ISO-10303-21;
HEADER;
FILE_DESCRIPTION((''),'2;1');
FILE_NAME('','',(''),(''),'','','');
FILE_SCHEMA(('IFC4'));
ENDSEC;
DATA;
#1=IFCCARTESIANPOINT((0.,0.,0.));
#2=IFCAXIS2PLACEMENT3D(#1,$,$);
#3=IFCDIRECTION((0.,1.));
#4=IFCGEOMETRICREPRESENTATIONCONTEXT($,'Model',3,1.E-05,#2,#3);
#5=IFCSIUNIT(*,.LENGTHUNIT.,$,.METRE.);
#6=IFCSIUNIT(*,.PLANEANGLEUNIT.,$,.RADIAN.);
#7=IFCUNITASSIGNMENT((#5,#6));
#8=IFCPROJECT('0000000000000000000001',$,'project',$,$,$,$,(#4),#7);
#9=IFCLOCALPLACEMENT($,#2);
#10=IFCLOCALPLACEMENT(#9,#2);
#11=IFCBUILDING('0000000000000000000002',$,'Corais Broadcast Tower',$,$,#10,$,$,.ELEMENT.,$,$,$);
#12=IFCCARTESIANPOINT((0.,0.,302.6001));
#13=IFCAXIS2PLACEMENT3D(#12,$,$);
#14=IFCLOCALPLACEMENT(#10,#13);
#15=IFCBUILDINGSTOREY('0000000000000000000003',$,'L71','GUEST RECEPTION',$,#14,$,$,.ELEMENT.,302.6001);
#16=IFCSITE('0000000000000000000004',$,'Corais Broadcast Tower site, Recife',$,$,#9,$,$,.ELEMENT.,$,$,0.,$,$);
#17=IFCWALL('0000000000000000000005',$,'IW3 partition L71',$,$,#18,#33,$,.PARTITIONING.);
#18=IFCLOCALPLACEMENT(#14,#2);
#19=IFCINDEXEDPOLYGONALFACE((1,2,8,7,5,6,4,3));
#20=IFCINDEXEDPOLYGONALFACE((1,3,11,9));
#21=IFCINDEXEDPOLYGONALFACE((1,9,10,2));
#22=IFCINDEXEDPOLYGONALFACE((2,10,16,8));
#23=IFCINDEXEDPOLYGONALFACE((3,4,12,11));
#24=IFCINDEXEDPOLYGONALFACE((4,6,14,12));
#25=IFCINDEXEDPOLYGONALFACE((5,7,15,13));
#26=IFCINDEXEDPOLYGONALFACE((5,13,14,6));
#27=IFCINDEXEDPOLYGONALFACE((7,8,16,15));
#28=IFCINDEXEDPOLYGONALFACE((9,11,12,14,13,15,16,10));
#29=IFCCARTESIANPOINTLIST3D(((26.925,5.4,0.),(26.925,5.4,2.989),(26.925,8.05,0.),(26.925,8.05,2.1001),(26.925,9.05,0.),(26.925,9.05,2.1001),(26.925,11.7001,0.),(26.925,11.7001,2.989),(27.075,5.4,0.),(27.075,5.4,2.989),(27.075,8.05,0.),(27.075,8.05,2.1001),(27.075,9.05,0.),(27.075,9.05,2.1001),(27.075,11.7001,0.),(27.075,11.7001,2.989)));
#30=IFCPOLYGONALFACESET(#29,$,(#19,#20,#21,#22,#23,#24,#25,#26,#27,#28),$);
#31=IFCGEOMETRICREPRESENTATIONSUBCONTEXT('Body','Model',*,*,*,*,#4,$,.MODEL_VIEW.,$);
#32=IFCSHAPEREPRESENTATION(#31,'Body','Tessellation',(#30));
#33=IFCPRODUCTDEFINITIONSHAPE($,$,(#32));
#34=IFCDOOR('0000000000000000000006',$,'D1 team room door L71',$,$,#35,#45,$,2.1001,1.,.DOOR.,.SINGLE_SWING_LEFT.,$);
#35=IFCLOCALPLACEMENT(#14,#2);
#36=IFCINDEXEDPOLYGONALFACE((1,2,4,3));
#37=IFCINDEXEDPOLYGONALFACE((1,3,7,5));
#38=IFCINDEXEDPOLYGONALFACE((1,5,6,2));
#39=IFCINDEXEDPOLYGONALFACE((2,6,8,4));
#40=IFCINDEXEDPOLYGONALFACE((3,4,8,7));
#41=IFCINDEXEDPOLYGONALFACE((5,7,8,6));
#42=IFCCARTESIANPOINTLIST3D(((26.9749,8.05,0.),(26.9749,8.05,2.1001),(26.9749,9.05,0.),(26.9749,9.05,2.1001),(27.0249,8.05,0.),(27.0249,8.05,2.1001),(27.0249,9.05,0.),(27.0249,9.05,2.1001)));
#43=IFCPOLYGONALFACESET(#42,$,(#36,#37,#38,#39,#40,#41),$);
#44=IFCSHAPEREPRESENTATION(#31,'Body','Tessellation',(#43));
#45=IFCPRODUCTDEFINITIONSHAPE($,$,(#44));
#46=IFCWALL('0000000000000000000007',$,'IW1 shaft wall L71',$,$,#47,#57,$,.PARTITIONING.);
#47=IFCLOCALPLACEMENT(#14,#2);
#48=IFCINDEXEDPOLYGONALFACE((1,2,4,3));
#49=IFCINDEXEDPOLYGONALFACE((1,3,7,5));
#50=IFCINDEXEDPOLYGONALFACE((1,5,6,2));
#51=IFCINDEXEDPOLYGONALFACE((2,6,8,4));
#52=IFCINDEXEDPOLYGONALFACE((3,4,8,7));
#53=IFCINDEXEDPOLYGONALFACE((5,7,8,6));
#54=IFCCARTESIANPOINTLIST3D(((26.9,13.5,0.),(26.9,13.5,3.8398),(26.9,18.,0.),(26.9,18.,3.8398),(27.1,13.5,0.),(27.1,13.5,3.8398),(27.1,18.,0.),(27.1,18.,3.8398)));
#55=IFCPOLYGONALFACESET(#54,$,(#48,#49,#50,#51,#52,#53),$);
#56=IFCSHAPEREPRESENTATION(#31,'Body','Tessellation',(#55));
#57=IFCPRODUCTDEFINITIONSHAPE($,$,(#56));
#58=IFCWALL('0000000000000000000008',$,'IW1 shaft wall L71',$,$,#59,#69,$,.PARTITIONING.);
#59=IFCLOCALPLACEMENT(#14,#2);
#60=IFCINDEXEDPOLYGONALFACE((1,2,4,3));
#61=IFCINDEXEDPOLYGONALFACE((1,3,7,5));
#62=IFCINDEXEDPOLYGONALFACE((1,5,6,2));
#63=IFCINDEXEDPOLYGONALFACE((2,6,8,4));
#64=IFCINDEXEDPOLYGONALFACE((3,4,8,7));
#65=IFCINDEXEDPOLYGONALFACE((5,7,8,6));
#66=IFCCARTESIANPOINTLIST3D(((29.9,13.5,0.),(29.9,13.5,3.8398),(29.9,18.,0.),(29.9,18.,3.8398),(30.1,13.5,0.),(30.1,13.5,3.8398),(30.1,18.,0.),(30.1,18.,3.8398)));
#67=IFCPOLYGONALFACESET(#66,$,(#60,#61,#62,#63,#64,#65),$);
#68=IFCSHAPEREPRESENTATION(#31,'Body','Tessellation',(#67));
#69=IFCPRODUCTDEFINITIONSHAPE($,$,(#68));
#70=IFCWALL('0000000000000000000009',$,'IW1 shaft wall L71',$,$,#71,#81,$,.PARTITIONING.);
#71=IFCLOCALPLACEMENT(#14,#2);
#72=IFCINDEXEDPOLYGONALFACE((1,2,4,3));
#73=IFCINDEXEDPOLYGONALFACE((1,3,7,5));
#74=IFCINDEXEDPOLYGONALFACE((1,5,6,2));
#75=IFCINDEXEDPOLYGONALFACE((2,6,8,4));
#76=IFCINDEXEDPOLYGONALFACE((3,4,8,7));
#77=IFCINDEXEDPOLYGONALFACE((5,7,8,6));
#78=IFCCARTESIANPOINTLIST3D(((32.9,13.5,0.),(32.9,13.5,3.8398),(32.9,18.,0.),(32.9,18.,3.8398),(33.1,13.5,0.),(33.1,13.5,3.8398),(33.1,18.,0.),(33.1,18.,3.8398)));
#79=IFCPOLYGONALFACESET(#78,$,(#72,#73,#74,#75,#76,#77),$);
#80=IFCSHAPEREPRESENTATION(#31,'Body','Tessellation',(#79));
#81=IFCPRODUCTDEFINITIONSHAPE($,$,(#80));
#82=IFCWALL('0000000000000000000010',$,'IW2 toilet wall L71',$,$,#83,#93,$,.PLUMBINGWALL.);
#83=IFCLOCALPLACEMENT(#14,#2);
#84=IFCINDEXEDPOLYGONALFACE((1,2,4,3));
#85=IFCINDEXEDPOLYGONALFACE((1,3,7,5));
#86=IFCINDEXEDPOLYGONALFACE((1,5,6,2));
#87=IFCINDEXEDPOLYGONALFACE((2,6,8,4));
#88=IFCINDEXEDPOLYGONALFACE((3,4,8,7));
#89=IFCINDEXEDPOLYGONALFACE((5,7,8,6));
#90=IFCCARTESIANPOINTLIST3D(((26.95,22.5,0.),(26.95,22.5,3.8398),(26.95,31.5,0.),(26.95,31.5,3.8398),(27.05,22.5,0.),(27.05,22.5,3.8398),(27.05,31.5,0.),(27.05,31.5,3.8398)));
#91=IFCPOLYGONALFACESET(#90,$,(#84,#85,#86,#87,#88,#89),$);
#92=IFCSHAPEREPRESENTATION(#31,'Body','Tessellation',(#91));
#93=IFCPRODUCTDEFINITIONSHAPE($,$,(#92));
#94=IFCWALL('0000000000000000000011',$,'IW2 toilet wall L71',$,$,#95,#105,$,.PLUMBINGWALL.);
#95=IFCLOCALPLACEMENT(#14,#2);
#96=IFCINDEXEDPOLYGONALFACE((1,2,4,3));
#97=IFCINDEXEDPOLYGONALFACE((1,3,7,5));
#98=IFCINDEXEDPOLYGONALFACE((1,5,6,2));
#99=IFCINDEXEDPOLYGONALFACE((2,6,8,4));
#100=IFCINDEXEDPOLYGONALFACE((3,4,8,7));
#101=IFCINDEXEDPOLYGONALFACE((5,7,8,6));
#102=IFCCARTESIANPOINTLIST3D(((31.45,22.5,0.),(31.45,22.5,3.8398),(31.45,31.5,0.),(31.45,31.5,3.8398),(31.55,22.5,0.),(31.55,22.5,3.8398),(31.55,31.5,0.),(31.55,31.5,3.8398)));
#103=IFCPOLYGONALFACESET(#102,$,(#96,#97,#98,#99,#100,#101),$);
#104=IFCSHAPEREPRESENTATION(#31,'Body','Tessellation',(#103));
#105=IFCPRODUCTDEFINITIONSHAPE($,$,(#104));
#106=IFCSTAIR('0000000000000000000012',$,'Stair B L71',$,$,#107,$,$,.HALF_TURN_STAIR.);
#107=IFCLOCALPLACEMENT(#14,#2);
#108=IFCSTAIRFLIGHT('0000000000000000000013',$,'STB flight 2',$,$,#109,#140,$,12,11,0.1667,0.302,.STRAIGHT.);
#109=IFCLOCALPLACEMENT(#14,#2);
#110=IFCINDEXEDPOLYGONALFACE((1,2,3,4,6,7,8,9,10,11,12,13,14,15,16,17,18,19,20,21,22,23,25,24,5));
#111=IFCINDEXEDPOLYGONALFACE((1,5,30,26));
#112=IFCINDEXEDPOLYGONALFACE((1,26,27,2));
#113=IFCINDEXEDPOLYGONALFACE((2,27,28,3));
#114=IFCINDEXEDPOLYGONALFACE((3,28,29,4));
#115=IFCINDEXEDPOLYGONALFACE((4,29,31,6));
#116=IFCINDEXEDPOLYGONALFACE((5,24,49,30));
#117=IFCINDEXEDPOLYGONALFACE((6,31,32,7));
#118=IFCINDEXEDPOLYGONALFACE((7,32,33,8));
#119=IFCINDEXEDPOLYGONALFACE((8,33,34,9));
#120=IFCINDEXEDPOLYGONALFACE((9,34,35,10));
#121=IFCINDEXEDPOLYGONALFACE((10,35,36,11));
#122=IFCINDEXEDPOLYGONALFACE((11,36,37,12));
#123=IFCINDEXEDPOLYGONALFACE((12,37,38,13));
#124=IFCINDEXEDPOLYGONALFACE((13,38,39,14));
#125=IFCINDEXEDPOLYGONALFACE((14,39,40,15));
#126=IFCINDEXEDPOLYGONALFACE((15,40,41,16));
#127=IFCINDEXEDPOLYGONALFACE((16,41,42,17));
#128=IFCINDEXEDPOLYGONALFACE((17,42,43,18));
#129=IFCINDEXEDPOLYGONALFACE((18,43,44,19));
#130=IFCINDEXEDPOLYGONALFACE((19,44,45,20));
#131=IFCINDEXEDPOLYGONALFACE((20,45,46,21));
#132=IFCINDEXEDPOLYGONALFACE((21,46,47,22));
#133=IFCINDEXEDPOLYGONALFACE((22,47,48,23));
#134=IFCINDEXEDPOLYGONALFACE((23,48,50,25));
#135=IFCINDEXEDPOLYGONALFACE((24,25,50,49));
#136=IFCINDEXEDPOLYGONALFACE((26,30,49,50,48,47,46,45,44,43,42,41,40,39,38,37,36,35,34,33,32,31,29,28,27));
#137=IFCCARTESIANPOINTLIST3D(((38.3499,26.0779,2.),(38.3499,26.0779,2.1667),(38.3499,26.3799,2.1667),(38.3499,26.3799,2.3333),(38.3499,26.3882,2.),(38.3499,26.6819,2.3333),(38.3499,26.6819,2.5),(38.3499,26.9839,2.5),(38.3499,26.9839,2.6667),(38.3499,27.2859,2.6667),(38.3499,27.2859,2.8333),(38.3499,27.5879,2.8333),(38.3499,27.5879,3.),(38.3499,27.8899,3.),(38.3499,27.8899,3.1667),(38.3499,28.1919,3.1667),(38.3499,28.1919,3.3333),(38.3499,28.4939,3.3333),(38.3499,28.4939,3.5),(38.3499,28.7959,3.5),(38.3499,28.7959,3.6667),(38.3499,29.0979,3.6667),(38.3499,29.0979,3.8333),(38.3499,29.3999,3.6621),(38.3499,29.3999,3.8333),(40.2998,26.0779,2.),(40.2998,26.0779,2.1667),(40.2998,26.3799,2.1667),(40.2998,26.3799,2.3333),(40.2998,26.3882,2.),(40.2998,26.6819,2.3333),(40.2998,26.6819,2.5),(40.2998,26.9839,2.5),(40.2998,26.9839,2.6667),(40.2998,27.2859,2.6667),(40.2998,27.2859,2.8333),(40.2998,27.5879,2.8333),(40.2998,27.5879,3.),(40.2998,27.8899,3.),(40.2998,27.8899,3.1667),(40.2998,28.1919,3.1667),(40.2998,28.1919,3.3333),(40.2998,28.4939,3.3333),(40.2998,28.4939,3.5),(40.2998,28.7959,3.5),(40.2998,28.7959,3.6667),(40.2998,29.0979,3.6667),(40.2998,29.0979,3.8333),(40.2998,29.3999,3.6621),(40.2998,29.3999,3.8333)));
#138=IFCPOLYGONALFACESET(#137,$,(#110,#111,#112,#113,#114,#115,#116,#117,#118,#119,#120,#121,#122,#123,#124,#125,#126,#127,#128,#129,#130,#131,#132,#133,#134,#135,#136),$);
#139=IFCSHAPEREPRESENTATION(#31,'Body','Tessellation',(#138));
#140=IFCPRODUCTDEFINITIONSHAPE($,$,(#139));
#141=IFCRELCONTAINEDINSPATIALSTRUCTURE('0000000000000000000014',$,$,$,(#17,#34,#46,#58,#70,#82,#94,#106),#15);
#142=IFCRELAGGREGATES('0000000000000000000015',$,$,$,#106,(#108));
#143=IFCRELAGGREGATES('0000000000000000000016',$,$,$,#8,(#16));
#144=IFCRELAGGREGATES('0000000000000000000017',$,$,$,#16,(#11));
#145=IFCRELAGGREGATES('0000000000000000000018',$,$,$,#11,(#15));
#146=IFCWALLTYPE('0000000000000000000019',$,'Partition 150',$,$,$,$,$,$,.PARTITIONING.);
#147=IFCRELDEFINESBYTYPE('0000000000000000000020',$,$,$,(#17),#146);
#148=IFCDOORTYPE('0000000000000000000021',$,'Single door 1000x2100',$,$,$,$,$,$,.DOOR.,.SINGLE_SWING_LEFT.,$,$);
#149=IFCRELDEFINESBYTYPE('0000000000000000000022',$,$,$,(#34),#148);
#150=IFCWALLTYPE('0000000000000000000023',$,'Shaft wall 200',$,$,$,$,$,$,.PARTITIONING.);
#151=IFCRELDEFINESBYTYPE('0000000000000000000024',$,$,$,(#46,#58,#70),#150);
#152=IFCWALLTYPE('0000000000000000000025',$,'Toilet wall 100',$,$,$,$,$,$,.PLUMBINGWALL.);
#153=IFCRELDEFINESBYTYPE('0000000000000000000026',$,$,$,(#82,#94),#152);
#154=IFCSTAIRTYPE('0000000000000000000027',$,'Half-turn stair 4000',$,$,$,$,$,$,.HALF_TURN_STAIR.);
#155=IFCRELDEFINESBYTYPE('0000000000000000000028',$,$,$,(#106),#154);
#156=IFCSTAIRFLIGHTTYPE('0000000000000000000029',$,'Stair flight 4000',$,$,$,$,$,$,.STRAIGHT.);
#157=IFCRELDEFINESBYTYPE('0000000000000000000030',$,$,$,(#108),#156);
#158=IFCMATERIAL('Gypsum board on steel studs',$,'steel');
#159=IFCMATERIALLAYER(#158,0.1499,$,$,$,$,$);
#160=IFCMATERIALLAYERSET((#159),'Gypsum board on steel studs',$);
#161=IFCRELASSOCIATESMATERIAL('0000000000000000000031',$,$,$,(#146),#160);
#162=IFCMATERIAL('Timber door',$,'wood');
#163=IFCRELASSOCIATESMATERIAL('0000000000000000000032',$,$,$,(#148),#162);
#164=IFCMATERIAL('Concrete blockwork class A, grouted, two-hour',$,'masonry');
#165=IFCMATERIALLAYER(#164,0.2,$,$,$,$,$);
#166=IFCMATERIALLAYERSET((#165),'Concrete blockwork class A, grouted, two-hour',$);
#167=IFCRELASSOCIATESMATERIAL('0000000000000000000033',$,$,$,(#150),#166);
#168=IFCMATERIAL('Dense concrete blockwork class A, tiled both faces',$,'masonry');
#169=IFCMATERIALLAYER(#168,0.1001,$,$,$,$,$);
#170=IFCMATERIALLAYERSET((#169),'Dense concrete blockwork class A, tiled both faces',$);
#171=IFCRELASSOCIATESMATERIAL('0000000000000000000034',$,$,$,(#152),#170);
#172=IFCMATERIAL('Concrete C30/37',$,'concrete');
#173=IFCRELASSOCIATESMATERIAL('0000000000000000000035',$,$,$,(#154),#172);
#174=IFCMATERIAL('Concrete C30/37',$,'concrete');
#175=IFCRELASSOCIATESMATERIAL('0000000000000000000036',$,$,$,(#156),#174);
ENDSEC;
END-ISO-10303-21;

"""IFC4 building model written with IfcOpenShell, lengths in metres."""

from ifc_helpers import new_model, si_unit, direction, frame, frame_2d, origin, place, context, subcontext, project, spatial, polyline, rectangle, outline, extrude, material, layer, layer_set, type_object, element, fill, aggregate, save


model = new_model("IFC4")

# Units and contexts
model_context = context("Model", 3, precision=1e-05, world=origin(), true_north=direction((0.0, 1.0)))
body_context = subcontext(model_context, "Body", "Model", "MODEL_VIEW")
ifc_project = project(units=[si_unit("LENGTHUNIT", "METRE"), si_unit("PLANEANGLEUNIT", "RADIAN")], contexts=[model_context])

# Site, building, storey
site_placement = place(None, origin())
site = spatial("IfcSite", under=ifc_project, at=site_placement, Name="Corais Broadcast Tower site, Recife", CompositionType="ELEMENT", RefElevation=0.0)
building_placement = place(site_placement, origin())
building = spatial("IfcBuilding", under=site, at=building_placement, Name="Corais Broadcast Tower", CompositionType="ELEMENT")
storey_placement = place(building_placement, frame((0.0, 0.0, 302.6001)))
storey = spatial("IfcBuildingStorey", under=building, at=storey_placement, Name="L71", Description="GUEST RECEPTION", CompositionType="ELEMENT", Elevation=302.6001)

# Wall, opening, door
ifc_material_1 = material(Name="Gypsum board on steel studs", Category="steel")
ifc_layer_1 = layer(ifc_material_1, 0.1499)
ifc_layer_set_1 = layer_set([ifc_layer_1], Name="Gypsum board on steel studs")
wall_type_1 = type_object("IfcWallType", Name="Partition 150", PredefinedType="PARTITIONING", material=ifc_layer_set_1)
ifc_material_2 = material(Name="Timber door", Category="wood")
door_type_1 = type_object("IfcDoorType", Name="Single door 1000x2100", OperationType="SINGLE_SWING_LEFT", PredefinedType="DOOR", material=ifc_material_2)
wall_1_placement = place(storey_placement, frame((27.0, 11.7, 0.0), z_axis=(0.0, 0.0, 1.0), x_axis=(0.0, -1.0, 0.0)))
wall_1 = element("IfcWall", 1, at=wall_1_placement, inside=storey, type_object=wall_type_1, Name="IW3 partition L71", PredefinedType="PARTITIONING", context=body_context, shape_type="SweptSolid", body=[
    extrude(rectangle(XDim=6.3, YDim=0.1499, at=frame_2d((3.1499, 0.0))), origin(), (0.0, 0.0, 1.0), 2.989),
])
opening_1_placement = place(wall_1_placement, frame((2.6499, 0.0, 0.0)))
opening_1 = element("IfcOpeningElement", 2, at=opening_1_placement, cuts=wall_1, PredefinedType="OPENING", context=body_context, shape_type="SweptSolid", body=[
    extrude(rectangle(XDim=1.0, YDim=2.1001, at=frame_2d((0.5, 1.05))), frame((0.0, 0.085, 0.0), z_axis=(0.0, -1.0, 0.0), x_axis=(1.0, 0.0, 0.0)), (0.0, 0.0, 1.0), 0.1699),
])
door_1_placement = place(opening_1_placement, origin())
door_1 = element("IfcDoor", 3, at=door_1_placement, inside=storey, type_object=door_type_1, Name="D1 team room door L71", OperationType="SINGLE_SWING_LEFT", OverallHeight=2.1001, OverallWidth=1.0, PredefinedType="DOOR", context=body_context, shape_type="SweptSolid", body=[
    extrude(rectangle(XDim=1.0, YDim=2.1001, at=frame_2d((0.5, 1.05))), frame((0.0, 0.0249, 0.0), z_axis=(0.0, -1.0, 0.0), x_axis=(1.0, 0.0, 0.0)), (0.0, 0.0, 1.0), 0.05),
])
fill(opening_1, door_1)

# Walls
ifc_material_3 = material(Name="Concrete blockwork class A, grouted, two-hour", Category="masonry")
ifc_layer_2 = layer(ifc_material_3, 0.2)
ifc_layer_set_2 = layer_set([ifc_layer_2], Name="Concrete blockwork class A, grouted, two-hour")
wall_type_2 = type_object("IfcWallType", Name="Shaft wall 200", PredefinedType="PARTITIONING", material=ifc_layer_set_2)
for number, where, z_axis, x_axis, name in (
    (4, (27.0, 13.5, 0.0), (0.0, 0.0, 1.0), (0.0, 1.0, 0.0), "IW1 shaft wall L71"),
    (5, (30.0, 13.5, 0.0), (0.0, 0.0, 1.0), (0.0, 1.0, 0.0), "IW1 shaft wall L71"),
    (6, (33.0, 13.5, 0.0), (0.0, 0.0, 1.0), (0.0, 1.0, 0.0), "IW1 shaft wall L71"),
):
    element("IfcWall", number, at=place(storey_placement, frame(where, z_axis=z_axis, x_axis=x_axis)), inside=storey, type_object=wall_type_2, Name=name, PredefinedType="PARTITIONING", context=body_context, shape_type="SweptSolid", body=[
        extrude(rectangle(XDim=4.5, YDim=0.2, at=frame_2d((2.25, 0.0))), origin(), (0.0, 0.0, 1.0), 3.8398),
    ])
ifc_material_4 = material(Name="Dense concrete blockwork class A, tiled both faces", Category="masonry")
ifc_layer_3 = layer(ifc_material_4, 0.1001)
ifc_layer_set_3 = layer_set([ifc_layer_3], Name="Dense concrete blockwork class A, tiled both faces")
wall_type_3 = type_object("IfcWallType", Name="Toilet wall 100", PredefinedType="PLUMBINGWALL", material=ifc_layer_set_3)
for number, where, z_axis, x_axis, name in (
    (7, (27.0, 22.5, 0.0), (0.0, 0.0, 1.0), (0.0, 1.0, 0.0), "IW2 toilet wall L71"),
    (8, (31.5, 22.5, 0.0), (0.0, 0.0, 1.0), (0.0, 1.0, 0.0), "IW2 toilet wall L71"),
):
    element("IfcWall", number, at=place(storey_placement, frame(where, z_axis=z_axis, x_axis=x_axis)), inside=storey, type_object=wall_type_3, Name=name, PredefinedType="PLUMBINGWALL", context=body_context, shape_type="SweptSolid", body=[
        extrude(rectangle(XDim=9.0, YDim=0.1001, at=frame_2d((4.5, 0.0))), origin(), (0.0, 0.0, 1.0), 3.8398),
    ])

# Stair, stair flight
ifc_material_5 = material(Name="Concrete C30/37", Category="concrete")
stair_type = type_object("IfcStairType", Name="Half-turn stair 4000", PredefinedType="HALF_TURN_STAIR", material=ifc_material_5)
stair_placement = place(storey_placement, origin())
stair = element("IfcStair", 9, at=stair_placement, inside=storey, type_object=stair_type, Name="Stair B L71", PredefinedType="HALF_TURN_STAIR")
ifc_material_6 = material(Name="Concrete C30/37", Category="concrete")
stair_flight_type = type_object("IfcStairFlightType", Name="Stair flight 4000", PredefinedType="STRAIGHT", material=ifc_material_6)
stair_flight_placement = place(storey_placement, frame((39.325, 26.0779, 2.0), z_axis=(0.0, 0.0, 1.0), x_axis=(0.0, 1.0, 0.0)))
stair_flight = element("IfcStairFlight", 10, at=stair_flight_placement, type_object=stair_flight_type, Name="STB flight 2", NumberOfRisers=12, NumberOfTreads=11, PredefinedType="STRAIGHT", RiserHeight=0.1667, TreadLength=0.302, context=body_context, shape_type="SweptSolid", body=[
    extrude(outline(polyline([(0.0, 0.0), (0.0, 0.1667), (0.302, 0.1667), (0.302, 0.3333), (0.604, 0.3333), (0.604, 0.5), (0.906, 0.5), (0.906, 0.6667), (1.208, 0.6667), (1.208, 0.8333), (1.51, 0.8333), (1.51, 1.0), (1.812, 1.0), (1.812, 1.1667), (2.114, 1.1667), (2.114, 1.3333), (2.416, 1.3333), (2.416, 1.5), (2.718, 1.5), (2.718, 1.6667), (3.02, 1.6667), (3.02, 1.8333), (3.322, 1.8333), (3.322, 2.0), (3.322, 1.6621), (0.3103, 0.0), (0.0, 0.0)])), frame((0.0, 0.9751, 0.0), z_axis=(0.0, -1.0, 0.0), x_axis=(1.0, 0.0, 0.0)), (0.0, 0.0, 1.0), 1.95),
])
aggregate(stair, [stair_flight])

save(model, "model.ifc")
